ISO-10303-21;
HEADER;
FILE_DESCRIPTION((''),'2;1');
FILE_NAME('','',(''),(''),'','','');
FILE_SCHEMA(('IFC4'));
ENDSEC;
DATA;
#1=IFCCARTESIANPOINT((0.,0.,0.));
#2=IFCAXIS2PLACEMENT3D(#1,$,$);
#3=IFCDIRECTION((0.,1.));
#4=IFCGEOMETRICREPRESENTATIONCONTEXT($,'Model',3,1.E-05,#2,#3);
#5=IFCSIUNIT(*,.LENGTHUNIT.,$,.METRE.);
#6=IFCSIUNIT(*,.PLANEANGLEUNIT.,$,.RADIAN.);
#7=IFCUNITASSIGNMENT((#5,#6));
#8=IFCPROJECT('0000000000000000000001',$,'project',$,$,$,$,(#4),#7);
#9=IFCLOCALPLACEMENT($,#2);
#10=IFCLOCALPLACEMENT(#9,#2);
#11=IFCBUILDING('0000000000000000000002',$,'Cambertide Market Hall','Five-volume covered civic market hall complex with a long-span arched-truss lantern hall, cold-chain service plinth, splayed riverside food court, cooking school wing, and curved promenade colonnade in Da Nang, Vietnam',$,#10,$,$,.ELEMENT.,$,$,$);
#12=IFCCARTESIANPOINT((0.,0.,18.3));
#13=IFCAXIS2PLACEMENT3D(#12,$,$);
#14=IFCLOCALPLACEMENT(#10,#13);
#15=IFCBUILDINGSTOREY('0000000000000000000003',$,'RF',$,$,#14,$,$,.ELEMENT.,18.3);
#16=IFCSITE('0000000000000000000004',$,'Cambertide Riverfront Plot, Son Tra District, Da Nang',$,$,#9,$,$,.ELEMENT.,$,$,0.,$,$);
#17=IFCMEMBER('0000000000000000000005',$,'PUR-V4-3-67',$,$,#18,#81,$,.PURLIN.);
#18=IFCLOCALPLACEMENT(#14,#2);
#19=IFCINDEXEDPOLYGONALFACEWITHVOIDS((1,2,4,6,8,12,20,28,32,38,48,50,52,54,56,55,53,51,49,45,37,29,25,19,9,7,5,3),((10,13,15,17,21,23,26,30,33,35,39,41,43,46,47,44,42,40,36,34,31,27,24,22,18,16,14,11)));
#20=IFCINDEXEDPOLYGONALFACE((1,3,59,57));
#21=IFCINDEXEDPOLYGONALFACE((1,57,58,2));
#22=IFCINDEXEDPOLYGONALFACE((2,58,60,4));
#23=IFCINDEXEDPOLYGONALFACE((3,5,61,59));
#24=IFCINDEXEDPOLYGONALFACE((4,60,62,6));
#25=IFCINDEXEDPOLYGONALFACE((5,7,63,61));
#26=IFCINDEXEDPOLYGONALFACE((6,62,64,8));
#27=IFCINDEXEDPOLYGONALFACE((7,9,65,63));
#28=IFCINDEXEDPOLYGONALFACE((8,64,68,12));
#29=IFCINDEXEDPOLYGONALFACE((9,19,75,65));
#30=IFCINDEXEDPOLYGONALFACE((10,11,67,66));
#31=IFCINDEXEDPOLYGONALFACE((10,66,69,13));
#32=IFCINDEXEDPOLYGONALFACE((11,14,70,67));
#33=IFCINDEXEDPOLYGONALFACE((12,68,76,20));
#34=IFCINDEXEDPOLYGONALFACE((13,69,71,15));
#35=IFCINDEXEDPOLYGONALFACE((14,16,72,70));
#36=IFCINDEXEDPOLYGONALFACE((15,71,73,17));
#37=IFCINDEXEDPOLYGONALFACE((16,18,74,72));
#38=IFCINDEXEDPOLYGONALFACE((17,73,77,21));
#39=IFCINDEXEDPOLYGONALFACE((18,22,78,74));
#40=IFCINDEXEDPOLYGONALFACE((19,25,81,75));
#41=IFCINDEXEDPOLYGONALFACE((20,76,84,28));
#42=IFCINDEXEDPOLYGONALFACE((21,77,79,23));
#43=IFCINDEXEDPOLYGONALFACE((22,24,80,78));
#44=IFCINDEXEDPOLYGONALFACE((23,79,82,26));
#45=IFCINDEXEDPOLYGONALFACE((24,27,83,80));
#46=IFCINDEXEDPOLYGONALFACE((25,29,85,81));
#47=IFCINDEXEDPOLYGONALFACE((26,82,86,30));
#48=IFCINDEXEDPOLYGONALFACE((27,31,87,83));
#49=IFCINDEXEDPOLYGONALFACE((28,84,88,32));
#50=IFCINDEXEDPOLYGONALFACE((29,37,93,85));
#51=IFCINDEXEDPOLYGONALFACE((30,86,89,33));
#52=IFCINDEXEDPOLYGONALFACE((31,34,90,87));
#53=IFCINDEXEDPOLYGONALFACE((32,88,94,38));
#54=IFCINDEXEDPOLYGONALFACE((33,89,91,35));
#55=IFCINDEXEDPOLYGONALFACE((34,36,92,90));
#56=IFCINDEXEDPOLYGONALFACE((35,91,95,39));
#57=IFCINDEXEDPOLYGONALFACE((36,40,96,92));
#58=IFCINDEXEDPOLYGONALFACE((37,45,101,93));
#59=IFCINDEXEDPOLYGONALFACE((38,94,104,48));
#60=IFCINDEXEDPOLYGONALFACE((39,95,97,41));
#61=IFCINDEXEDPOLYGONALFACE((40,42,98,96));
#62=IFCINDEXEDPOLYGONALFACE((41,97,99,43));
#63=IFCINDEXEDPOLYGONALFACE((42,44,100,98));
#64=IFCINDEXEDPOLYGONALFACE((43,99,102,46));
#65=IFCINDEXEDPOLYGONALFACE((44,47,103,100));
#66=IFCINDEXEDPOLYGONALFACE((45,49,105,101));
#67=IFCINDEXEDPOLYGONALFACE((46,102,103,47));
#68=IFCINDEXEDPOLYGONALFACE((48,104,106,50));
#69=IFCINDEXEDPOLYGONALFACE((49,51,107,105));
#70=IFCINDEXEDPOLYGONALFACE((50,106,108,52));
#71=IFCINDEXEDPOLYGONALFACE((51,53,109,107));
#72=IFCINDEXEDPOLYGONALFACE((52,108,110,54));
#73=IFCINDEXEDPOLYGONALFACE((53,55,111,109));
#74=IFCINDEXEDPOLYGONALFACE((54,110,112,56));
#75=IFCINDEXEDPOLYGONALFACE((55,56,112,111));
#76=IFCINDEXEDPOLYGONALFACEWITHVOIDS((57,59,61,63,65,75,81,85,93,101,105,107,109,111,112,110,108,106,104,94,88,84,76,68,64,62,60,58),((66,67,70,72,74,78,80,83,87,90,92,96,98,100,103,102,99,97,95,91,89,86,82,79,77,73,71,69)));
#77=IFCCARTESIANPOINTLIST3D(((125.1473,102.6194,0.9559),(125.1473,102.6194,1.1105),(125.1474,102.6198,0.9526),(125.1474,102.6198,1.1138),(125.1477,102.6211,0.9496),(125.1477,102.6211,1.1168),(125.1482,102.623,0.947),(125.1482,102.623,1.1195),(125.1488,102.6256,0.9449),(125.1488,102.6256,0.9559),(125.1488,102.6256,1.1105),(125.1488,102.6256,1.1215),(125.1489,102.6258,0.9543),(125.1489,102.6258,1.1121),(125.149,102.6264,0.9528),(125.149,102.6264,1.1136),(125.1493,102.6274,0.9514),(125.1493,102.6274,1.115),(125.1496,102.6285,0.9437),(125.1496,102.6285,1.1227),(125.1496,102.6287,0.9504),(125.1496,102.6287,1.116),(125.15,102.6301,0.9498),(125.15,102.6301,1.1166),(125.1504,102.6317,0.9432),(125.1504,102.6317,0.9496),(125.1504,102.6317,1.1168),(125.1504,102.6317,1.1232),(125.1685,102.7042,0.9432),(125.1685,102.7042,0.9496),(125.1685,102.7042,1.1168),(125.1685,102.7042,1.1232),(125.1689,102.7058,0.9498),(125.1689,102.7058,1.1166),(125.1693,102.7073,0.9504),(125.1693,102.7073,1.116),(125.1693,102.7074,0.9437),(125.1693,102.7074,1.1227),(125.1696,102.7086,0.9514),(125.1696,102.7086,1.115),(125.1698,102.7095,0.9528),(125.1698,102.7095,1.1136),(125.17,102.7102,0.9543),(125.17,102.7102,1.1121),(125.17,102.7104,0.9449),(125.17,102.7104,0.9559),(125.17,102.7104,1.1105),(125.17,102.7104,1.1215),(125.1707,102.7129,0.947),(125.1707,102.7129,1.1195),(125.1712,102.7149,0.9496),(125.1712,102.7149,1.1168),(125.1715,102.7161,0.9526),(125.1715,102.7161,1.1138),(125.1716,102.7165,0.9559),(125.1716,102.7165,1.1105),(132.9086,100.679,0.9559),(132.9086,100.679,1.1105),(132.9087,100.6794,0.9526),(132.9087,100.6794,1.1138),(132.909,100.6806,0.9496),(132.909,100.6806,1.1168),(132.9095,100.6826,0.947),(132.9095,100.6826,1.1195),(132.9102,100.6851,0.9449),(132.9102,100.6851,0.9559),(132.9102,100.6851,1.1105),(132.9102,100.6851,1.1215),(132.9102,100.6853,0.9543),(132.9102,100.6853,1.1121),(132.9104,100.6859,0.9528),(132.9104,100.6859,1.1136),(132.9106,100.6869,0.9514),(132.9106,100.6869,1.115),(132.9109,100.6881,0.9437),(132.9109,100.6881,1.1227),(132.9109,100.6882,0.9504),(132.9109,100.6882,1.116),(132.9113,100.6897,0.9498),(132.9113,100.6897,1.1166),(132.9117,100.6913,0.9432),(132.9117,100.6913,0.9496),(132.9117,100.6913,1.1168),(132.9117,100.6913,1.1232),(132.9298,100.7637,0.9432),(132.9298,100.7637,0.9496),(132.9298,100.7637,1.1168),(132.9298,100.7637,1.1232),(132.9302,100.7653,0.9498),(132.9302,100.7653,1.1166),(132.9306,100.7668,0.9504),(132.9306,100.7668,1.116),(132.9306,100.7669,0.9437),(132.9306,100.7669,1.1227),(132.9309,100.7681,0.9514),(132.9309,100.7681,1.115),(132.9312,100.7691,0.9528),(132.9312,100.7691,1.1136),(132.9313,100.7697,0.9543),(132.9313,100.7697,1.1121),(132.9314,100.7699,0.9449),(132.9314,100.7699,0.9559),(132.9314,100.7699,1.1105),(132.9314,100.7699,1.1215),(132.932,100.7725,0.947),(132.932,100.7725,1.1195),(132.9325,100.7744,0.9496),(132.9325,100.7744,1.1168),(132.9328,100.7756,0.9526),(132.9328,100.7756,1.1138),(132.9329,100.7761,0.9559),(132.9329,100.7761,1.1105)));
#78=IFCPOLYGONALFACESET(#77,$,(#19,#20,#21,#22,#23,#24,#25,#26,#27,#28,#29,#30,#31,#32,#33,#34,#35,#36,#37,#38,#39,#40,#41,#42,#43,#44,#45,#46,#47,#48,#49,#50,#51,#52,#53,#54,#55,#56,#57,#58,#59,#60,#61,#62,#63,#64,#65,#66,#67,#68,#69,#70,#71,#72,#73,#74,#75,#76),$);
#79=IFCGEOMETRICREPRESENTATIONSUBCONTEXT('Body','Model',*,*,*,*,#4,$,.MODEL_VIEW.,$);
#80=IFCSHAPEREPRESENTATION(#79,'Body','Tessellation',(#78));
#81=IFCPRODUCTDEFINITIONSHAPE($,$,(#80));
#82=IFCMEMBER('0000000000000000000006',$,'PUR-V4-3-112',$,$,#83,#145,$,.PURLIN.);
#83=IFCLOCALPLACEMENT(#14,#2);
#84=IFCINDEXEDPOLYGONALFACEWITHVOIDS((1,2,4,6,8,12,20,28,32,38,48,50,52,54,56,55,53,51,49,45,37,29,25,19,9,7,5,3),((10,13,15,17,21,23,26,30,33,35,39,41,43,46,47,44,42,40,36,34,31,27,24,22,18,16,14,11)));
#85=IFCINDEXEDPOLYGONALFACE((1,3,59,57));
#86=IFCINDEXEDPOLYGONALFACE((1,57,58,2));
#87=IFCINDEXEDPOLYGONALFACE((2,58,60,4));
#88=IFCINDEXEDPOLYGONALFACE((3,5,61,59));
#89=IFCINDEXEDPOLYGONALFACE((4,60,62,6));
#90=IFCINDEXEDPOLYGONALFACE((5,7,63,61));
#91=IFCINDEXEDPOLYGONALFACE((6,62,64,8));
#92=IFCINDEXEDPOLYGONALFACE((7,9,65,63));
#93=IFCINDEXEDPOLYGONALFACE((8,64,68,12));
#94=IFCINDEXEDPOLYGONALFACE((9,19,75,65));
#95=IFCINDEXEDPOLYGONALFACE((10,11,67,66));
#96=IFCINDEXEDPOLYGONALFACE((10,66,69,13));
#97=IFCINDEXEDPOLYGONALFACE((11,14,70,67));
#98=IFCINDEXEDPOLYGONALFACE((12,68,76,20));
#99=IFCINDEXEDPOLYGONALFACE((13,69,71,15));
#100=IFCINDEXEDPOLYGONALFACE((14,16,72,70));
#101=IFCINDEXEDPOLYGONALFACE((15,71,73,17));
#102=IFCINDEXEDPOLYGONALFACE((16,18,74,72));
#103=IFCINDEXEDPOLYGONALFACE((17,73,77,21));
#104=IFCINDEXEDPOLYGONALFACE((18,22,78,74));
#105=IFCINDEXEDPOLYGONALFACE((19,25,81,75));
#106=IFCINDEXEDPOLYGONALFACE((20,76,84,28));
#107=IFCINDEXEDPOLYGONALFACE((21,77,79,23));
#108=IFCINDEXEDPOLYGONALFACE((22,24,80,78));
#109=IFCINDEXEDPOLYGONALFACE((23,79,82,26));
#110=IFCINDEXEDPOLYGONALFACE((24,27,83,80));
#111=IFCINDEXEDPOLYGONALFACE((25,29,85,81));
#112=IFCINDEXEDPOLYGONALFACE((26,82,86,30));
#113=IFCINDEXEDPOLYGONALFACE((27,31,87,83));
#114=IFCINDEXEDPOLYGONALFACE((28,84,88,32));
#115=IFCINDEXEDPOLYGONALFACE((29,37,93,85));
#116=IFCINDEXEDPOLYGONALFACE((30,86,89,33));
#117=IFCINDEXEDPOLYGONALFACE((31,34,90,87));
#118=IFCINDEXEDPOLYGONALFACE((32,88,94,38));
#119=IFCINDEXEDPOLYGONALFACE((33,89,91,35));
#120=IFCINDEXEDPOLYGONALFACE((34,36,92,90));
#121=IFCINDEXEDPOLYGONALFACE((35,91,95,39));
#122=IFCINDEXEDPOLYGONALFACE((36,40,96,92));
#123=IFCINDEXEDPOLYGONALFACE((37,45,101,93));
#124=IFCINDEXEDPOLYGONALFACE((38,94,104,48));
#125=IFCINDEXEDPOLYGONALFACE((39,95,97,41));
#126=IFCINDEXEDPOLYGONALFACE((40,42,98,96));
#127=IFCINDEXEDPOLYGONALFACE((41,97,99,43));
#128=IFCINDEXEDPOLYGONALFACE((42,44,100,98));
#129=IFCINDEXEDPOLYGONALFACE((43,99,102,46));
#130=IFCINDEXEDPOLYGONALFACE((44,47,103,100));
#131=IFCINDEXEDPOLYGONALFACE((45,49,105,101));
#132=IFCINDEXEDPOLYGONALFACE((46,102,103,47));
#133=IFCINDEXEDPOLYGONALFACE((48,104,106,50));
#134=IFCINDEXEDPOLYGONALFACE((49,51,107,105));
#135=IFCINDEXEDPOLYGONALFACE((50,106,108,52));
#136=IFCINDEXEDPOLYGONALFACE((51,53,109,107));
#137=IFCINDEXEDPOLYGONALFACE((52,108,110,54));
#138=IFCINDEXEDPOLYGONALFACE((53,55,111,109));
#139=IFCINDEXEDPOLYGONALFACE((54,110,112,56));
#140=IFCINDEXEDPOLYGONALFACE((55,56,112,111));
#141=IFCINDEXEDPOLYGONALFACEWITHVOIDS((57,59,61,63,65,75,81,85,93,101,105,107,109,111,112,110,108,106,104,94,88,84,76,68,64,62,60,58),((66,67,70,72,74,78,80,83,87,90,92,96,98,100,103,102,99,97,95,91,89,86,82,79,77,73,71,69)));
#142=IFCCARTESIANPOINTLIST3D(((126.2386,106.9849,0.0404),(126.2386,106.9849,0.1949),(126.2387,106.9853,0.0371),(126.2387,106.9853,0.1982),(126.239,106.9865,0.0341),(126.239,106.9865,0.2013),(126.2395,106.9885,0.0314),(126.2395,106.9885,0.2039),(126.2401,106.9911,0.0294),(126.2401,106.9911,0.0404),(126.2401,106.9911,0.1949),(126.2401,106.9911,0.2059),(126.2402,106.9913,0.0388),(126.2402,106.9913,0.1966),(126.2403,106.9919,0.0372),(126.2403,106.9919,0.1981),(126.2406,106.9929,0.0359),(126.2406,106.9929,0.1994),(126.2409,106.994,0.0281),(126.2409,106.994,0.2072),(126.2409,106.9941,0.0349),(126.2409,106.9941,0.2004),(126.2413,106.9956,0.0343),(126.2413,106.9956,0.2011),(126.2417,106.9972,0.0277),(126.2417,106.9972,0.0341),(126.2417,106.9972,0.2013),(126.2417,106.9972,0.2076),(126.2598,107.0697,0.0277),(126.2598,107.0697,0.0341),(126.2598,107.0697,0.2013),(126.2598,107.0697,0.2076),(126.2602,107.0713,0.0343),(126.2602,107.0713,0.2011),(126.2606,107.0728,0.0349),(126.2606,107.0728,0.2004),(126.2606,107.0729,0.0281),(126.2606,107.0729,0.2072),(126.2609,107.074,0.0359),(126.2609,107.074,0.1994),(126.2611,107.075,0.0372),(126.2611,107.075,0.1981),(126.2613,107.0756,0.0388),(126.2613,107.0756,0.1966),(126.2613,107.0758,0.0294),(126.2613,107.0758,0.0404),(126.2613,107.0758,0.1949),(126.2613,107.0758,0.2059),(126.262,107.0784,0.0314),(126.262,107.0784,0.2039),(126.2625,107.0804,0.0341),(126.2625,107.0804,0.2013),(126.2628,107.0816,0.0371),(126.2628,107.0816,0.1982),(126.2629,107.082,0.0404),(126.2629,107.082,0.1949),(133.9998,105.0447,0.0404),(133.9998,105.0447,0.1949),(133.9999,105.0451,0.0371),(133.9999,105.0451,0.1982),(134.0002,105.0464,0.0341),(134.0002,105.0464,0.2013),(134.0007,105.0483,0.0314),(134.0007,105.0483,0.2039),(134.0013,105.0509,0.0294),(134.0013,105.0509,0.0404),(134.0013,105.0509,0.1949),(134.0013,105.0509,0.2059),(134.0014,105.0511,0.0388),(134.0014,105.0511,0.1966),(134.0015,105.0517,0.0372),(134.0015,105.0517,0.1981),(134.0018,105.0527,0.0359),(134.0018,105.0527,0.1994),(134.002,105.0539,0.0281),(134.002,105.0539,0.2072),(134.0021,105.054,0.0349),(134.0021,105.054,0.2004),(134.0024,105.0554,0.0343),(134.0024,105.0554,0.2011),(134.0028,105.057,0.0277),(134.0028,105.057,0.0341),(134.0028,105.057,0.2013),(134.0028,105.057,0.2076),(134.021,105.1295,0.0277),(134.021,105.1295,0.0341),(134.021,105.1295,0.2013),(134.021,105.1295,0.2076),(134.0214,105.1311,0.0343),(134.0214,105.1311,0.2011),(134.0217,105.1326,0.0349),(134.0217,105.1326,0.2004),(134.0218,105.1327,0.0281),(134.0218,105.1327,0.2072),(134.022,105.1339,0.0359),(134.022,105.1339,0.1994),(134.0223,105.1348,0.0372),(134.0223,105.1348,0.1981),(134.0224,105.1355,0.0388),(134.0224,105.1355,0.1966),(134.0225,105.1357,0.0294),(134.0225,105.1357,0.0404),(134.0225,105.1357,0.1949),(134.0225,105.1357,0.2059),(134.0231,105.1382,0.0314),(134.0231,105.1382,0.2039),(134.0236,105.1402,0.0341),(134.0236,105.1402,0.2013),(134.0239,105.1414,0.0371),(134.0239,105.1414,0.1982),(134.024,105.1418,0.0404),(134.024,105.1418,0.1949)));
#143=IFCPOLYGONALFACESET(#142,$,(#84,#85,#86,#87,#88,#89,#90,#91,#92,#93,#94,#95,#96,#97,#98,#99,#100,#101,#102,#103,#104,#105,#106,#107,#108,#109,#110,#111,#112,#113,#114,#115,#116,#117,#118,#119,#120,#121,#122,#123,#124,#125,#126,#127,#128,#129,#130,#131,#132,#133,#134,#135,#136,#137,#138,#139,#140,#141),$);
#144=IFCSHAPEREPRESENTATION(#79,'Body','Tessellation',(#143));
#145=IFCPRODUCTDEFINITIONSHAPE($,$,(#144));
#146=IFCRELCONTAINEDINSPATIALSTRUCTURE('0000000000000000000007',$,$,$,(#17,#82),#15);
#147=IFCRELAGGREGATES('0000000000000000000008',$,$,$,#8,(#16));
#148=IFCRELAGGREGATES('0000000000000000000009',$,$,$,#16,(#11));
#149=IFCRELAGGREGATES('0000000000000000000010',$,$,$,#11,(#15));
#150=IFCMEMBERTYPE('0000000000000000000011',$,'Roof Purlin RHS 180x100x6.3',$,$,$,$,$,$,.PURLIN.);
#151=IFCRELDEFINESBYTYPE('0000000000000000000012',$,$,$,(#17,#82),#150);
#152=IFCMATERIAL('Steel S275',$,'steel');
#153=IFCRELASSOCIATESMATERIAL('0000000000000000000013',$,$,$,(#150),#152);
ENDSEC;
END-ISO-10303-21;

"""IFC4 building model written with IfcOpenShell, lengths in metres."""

from ifc_helpers import new_model, si_unit, direction, frame, origin, origin_2d, place, context, subcontext, project, spatial, hollow_rectangle, extrude, material, material_profile, profile_set, type_object, element, save


model = new_model("IFC4")

# Units and contexts
model_context = context("Model", 3, precision=1e-05, world=origin(), true_north=direction((0.0, 1.0)))
body_context = subcontext(model_context, "Body", "Model", "MODEL_VIEW")
ifc_project = project(units=[si_unit("LENGTHUNIT", "METRE"), si_unit("PLANEANGLEUNIT", "RADIAN")], contexts=[model_context])

# Site, building, storey
site_placement = place(None, origin())
site = spatial("IfcSite", under=ifc_project, at=site_placement, Name="Cambertide Riverfront Plot, Son Tra District, Da Nang", CompositionType="ELEMENT", RefElevation=0.0)
building_placement = place(site_placement, origin())
building = spatial("IfcBuilding", under=site, at=building_placement, Name="Cambertide Market Hall", Description="Five-volume covered civic market hall complex with a long-span arched-truss lantern hall, cold-chain service plinth, splayed riverside food court, cooking school wing, and curved promenade colonnade in Da Nang, Vietnam", CompositionType="ELEMENT")
storey_placement = place(building_placement, frame((0.0, 0.0, 18.3)))
storey = spatial("IfcBuildingStorey", under=building, at=storey_placement, Name="RF", CompositionType="ELEMENT", Elevation=18.3)

# Members
ifc_material_1 = material(Name="Steel S275", Category="steel")
ifc_material_profile_1 = material_profile(ifc_material_1, hollow_rectangle(XDim=0.1001, YDim=0.1799, WallThickness=0.0063, InnerFilletRadius=0.0063, OuterFilletRadius=0.0127, at=origin_2d()), Name="RHS 180x100x6.3")
ifc_profile_set_1 = profile_set([ifc_material_profile_1], Name="Steel S275")
member_type_1 = type_object("IfcMemberType", Name="Roof Purlin RHS 180x100x6.3", PredefinedType="PURLIN", material=ifc_profile_set_1)
member_1_placement = place(storey_placement, frame((125.1594, 102.668, 1.0332), z_axis=(0.970139, -0.24255, 0.0), x_axis=(0.24255, 0.970139, 0.0)))
element("IfcMember", 1, at=member_1_placement, inside=storey, type_object=member_type_1, Name="PUR-V4-3-67", PredefinedType="PURLIN", context=body_context, shape_type="SweptSolid", body=[
    extrude(hollow_rectangle(XDim=0.1001, YDim=0.1799, WallThickness=0.0063, InnerFilletRadius=0.0063, OuterFilletRadius=0.0127, at=origin_2d()), origin(), (0.0, 0.0, 1.0), 8.0002),
])
member_2_placement = place(storey_placement, frame((126.2507, 107.0334, 0.1177), z_axis=(0.970146, -0.242521, 0.0), x_axis=(0.242521, 0.970146, 0.0)))
element("IfcMember", 2, at=member_2_placement, inside=storey, type_object=member_type_1, Name="PUR-V4-3-112", PredefinedType="PURLIN", context=body_context, shape_type="SweptSolid", body=[
    extrude(hollow_rectangle(XDim=0.1001, YDim=0.1799, WallThickness=0.0063, InnerFilletRadius=0.0063, OuterFilletRadius=0.0127, at=origin_2d()), origin(), (0.0, 0.0, 1.0), 8.0),
])

save(model, "model.ifc")
